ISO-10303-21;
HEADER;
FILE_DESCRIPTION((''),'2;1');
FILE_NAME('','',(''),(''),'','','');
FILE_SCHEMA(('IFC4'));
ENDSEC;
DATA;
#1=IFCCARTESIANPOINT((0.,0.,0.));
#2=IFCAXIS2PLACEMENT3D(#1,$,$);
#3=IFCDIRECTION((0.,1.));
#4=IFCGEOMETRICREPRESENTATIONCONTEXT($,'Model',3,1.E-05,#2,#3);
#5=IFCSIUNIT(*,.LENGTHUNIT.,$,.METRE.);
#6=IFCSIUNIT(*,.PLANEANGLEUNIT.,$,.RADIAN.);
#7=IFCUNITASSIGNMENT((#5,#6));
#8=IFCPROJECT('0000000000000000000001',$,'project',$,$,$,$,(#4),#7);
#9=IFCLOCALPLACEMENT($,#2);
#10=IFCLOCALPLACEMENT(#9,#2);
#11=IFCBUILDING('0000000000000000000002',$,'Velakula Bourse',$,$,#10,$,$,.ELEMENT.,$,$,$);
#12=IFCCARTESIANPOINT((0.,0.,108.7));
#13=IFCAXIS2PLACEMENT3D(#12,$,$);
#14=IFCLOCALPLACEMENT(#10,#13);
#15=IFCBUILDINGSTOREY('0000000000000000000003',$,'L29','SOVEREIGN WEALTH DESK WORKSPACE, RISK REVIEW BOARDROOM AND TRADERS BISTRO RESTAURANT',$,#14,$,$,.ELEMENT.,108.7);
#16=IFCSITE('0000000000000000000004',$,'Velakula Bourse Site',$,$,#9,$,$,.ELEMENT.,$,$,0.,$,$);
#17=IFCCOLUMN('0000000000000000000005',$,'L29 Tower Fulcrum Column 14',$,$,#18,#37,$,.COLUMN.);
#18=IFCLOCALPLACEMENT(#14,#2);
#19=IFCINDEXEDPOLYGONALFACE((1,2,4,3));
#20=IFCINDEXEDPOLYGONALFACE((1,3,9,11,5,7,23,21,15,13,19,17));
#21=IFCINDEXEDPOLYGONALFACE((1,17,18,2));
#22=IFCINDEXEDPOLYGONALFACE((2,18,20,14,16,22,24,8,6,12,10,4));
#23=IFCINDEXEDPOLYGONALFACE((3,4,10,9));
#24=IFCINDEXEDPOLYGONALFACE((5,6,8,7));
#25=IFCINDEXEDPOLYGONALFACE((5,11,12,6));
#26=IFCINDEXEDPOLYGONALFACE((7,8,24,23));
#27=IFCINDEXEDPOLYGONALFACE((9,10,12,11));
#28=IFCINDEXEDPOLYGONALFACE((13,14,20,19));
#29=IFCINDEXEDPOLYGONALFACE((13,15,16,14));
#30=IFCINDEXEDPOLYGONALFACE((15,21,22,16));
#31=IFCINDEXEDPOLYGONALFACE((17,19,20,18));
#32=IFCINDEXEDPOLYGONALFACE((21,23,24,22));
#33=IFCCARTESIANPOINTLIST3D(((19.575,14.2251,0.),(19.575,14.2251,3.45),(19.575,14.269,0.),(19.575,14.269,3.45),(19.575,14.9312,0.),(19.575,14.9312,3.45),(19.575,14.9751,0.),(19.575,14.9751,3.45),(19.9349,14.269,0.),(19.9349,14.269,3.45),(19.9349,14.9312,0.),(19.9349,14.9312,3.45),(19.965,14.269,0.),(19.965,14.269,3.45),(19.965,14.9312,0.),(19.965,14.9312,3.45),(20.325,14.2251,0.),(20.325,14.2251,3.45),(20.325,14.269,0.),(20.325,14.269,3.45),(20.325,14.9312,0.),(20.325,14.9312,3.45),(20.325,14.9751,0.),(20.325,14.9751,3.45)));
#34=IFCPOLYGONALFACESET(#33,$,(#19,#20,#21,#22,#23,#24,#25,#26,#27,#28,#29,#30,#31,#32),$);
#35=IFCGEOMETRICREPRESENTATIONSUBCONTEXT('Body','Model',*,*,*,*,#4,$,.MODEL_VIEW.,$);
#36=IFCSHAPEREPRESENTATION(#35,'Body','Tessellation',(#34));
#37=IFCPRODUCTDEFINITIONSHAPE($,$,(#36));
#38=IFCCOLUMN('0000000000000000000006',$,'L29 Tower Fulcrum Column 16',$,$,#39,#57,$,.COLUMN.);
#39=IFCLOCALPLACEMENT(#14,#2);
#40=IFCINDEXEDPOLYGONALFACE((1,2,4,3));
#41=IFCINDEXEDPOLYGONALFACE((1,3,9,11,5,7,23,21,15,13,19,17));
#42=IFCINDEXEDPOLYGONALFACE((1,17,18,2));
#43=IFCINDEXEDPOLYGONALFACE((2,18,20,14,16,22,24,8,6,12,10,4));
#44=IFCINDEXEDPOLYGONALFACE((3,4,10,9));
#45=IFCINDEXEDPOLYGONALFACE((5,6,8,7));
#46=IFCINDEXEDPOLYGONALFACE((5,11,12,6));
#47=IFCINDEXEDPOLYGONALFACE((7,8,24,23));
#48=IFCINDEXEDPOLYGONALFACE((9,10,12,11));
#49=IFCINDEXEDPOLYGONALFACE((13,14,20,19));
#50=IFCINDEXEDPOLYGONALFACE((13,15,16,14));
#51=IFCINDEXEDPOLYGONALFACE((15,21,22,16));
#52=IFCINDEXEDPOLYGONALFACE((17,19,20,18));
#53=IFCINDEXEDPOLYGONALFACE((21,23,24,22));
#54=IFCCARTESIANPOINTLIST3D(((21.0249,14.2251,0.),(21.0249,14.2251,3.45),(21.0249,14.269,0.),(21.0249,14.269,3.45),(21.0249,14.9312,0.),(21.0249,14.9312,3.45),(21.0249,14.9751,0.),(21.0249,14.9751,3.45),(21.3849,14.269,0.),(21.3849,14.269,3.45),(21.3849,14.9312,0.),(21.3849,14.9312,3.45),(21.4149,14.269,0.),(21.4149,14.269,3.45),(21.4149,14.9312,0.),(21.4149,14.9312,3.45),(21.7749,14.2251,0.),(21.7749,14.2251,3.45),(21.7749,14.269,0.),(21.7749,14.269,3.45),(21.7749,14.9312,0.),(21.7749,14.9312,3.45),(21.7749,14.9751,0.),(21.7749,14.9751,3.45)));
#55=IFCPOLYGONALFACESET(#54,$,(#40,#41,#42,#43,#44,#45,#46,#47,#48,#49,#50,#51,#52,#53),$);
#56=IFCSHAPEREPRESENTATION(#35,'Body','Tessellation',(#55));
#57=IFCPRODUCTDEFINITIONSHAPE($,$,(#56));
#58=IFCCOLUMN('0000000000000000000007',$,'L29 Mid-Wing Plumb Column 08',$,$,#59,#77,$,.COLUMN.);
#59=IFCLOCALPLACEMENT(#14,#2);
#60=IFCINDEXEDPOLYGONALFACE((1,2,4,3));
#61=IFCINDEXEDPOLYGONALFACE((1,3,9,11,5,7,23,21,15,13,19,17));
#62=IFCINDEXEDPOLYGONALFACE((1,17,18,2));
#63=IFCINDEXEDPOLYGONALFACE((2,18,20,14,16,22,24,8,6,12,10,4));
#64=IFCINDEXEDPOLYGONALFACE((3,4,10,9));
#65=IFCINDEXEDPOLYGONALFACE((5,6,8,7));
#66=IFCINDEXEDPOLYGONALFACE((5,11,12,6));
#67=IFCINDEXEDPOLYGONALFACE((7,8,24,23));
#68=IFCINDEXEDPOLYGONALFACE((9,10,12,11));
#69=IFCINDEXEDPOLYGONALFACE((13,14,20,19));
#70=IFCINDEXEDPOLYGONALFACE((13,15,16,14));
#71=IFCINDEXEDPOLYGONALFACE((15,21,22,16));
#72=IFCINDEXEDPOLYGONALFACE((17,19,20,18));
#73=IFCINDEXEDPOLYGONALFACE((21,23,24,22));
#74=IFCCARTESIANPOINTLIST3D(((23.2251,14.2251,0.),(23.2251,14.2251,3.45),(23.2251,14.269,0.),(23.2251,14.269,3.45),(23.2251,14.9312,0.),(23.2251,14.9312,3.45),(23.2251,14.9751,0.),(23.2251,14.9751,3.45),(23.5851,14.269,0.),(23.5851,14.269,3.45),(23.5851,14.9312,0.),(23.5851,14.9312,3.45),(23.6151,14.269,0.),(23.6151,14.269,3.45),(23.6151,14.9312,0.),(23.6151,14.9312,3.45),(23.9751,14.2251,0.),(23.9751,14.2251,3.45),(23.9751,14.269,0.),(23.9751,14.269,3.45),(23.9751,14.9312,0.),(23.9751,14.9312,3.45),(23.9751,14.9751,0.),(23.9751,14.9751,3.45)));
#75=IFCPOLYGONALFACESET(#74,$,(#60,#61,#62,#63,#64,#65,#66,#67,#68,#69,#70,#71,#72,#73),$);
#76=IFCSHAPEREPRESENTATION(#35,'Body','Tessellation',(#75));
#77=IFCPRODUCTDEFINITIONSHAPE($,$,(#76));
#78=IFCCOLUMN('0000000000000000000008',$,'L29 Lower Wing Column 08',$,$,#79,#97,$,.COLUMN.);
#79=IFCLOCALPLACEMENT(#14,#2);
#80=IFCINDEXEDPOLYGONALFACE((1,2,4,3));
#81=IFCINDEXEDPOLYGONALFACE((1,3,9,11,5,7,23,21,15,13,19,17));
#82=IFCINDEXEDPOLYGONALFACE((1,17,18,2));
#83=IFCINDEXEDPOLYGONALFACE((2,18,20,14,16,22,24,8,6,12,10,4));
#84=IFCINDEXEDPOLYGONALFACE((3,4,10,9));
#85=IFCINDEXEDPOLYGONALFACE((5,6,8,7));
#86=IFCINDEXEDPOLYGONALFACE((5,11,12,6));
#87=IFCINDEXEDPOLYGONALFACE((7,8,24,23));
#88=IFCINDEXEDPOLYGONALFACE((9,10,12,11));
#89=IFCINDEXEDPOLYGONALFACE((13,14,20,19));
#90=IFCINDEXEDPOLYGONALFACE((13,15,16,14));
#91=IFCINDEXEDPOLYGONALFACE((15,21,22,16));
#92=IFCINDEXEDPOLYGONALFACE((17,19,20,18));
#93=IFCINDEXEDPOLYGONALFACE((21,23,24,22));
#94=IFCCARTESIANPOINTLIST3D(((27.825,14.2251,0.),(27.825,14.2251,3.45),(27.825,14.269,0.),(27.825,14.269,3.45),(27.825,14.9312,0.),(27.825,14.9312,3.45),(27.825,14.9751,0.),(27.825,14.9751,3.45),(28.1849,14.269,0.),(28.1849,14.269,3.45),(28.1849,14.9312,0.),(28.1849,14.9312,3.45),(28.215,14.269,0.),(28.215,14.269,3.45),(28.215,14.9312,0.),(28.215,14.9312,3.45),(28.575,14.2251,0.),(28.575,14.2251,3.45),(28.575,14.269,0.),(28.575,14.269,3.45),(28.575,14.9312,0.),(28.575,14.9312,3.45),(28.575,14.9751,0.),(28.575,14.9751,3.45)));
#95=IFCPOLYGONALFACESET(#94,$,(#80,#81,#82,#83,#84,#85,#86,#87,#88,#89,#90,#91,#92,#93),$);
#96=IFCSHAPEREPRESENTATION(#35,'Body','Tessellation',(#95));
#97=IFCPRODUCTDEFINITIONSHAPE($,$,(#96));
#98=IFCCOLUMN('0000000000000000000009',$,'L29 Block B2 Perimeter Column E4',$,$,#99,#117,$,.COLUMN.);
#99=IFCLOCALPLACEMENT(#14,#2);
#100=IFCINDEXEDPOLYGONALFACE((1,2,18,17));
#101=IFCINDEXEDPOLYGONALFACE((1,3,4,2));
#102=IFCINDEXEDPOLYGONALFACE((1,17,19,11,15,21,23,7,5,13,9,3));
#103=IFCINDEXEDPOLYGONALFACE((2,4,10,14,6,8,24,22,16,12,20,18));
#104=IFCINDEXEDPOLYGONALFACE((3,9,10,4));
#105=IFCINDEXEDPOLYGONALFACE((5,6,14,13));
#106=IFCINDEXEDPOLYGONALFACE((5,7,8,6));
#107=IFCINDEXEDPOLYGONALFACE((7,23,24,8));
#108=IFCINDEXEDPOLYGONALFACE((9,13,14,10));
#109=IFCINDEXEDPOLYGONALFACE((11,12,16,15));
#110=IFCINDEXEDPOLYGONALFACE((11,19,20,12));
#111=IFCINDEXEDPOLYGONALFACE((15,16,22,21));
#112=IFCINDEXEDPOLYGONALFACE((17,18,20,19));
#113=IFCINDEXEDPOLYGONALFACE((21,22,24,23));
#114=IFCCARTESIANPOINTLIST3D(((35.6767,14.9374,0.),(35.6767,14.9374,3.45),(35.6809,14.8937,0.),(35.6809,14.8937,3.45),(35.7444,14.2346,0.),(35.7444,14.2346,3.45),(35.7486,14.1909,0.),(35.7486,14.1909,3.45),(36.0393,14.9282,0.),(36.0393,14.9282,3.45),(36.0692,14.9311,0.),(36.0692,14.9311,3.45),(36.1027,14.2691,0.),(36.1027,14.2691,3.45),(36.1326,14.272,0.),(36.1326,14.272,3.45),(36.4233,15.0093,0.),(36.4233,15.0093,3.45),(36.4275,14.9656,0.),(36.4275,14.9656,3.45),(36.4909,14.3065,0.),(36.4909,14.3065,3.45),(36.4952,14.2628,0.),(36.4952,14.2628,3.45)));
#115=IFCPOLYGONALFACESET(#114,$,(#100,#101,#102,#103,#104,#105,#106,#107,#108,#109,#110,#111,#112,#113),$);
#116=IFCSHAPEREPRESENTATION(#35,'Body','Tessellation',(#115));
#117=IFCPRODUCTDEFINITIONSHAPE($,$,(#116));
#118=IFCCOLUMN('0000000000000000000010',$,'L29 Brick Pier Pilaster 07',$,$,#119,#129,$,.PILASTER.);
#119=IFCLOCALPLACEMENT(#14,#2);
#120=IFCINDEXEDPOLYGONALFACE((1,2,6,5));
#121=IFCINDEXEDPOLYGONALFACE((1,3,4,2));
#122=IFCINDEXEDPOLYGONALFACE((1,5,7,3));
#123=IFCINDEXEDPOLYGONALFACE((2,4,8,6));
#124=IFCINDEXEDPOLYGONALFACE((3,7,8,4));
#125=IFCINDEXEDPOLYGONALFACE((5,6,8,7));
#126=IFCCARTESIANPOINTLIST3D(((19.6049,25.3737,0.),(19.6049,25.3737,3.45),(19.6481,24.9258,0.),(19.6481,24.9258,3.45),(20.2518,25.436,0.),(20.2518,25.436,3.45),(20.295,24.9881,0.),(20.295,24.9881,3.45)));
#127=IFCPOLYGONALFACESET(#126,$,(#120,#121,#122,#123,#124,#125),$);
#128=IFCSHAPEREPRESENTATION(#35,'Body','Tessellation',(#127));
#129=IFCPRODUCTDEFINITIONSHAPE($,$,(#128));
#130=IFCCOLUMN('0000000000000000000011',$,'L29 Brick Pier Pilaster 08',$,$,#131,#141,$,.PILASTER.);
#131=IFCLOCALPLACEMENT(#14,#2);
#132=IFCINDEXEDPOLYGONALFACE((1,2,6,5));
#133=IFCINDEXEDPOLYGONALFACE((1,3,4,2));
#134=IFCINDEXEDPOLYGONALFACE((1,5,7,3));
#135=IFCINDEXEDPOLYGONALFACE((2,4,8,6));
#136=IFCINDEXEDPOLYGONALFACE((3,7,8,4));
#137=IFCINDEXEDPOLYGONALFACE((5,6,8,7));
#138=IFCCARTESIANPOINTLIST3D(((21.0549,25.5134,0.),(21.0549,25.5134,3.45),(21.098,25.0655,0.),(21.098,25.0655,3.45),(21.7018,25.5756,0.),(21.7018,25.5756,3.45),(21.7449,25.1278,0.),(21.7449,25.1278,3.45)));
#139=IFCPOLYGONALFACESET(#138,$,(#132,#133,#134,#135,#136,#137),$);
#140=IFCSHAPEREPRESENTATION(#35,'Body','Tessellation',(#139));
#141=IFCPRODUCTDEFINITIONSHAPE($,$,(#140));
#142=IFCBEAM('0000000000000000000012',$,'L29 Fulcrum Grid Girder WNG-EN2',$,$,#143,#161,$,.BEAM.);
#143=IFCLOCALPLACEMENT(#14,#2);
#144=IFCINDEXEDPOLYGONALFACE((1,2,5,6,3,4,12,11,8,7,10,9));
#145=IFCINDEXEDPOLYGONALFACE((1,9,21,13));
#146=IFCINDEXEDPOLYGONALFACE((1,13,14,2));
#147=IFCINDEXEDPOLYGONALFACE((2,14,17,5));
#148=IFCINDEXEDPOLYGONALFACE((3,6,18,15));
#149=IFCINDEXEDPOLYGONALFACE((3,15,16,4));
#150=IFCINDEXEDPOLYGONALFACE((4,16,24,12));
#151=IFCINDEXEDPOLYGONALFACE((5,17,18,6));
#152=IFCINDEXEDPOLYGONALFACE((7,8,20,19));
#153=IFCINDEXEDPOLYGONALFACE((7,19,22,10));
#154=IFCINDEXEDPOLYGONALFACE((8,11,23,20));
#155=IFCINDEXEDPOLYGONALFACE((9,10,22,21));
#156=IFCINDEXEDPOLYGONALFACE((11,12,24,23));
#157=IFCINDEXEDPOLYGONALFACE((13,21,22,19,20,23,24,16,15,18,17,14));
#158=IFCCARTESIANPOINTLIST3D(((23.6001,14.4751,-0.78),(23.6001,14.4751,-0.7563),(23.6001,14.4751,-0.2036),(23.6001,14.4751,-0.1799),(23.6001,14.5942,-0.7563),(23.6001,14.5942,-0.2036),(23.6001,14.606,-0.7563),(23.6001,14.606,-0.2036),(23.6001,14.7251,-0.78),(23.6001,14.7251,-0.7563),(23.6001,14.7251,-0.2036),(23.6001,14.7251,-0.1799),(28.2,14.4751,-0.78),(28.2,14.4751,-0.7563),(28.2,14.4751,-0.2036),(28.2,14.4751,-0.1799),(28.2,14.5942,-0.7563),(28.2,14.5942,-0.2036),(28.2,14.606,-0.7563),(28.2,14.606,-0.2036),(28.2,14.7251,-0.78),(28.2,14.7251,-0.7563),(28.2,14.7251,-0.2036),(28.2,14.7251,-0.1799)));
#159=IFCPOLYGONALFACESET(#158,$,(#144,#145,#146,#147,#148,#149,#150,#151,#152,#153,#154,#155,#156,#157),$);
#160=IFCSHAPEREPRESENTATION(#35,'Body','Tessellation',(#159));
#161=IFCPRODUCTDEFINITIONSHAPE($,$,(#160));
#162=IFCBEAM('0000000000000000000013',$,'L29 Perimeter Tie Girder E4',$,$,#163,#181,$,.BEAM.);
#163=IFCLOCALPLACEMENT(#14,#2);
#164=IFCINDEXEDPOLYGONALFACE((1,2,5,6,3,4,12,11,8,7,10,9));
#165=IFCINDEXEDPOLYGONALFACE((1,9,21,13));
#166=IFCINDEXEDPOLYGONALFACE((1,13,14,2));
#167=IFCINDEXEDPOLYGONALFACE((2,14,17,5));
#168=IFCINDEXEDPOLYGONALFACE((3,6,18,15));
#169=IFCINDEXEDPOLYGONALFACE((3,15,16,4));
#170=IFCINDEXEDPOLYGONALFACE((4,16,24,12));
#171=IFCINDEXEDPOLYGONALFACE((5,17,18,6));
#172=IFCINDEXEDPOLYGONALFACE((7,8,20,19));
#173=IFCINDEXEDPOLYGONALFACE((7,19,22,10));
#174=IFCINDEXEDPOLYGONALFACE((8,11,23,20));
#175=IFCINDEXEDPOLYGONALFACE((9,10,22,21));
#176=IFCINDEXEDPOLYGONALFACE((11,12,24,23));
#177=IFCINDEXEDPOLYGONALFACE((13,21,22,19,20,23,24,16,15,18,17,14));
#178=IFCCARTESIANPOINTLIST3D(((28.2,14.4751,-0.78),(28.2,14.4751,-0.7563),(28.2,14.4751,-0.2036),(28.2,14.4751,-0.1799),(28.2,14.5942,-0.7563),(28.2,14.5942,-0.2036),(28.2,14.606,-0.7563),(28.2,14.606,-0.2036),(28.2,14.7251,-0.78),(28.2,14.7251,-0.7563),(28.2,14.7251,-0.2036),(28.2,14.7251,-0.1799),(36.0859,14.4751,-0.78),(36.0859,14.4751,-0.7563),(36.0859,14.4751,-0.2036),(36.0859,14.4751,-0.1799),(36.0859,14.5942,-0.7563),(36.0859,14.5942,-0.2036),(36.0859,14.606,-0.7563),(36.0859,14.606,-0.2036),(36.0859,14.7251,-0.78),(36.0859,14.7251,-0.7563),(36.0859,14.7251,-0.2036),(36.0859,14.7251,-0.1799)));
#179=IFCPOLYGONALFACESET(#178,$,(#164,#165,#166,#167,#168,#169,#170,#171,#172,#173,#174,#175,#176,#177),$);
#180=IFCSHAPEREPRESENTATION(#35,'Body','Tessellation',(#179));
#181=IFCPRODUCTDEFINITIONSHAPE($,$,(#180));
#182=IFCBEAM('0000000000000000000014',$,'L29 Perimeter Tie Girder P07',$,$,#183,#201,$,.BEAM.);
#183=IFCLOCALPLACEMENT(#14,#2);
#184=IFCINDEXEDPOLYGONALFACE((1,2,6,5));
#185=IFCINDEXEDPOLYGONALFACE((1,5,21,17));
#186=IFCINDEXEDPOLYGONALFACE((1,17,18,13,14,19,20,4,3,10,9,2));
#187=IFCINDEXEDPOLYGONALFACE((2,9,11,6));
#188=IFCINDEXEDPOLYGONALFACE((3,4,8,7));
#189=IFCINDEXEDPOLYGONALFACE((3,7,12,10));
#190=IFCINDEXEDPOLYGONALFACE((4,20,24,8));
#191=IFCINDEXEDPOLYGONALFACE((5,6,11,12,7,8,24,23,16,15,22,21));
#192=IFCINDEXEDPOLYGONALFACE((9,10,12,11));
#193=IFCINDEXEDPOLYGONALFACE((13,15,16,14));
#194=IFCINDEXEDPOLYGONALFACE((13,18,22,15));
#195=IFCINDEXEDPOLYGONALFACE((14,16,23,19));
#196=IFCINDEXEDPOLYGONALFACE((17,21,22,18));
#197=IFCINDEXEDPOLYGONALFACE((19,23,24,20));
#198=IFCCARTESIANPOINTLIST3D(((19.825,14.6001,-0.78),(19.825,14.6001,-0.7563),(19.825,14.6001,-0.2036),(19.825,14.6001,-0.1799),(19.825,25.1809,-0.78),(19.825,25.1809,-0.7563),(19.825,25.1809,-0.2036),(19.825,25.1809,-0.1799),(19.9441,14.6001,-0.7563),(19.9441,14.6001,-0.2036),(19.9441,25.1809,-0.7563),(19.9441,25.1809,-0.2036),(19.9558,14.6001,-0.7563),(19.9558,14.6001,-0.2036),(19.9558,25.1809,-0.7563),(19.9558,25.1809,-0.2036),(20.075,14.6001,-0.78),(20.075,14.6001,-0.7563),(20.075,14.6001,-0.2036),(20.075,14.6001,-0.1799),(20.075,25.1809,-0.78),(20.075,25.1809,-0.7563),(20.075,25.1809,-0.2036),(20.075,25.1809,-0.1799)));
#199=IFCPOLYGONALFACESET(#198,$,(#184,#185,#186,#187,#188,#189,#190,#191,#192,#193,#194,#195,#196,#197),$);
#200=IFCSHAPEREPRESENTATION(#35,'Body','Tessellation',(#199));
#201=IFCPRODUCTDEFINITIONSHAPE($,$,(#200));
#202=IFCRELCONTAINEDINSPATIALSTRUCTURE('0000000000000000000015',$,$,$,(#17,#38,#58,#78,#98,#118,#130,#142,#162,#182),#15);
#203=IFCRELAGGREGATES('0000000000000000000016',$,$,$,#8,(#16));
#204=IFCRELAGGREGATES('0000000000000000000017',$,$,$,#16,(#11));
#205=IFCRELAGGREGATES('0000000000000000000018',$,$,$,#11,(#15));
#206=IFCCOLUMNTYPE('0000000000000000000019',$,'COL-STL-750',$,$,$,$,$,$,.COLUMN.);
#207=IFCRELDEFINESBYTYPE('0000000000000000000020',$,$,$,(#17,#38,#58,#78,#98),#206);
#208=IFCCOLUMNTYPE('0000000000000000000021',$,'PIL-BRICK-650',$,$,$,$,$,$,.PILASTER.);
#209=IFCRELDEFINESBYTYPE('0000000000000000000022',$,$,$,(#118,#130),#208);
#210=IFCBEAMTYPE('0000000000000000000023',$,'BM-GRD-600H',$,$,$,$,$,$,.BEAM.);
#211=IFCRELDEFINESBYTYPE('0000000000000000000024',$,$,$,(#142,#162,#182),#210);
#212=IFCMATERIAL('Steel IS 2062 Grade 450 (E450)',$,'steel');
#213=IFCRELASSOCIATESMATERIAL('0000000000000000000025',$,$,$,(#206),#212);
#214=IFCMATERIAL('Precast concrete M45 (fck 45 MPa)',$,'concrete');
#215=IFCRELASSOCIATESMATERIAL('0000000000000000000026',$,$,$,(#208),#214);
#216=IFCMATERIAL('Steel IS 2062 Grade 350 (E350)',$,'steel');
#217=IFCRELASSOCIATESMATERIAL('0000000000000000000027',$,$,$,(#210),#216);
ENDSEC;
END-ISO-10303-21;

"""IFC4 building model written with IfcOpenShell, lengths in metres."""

from ifc_helpers import new_model, si_unit, direction, frame, origin, origin_2d, place, context, subcontext, project, spatial, rectangle, i_section, extrude, material, material_profile, profile_set, type_object, element, save


model = new_model("IFC4")

# Units and contexts
model_context = context("Model", 3, precision=1e-05, world=origin(), true_north=direction((0.0, 1.0)))
body_context = subcontext(model_context, "Body", "Model", "MODEL_VIEW")
ifc_project = project(units=[si_unit("LENGTHUNIT", "METRE"), si_unit("PLANEANGLEUNIT", "RADIAN")], contexts=[model_context])

# Site, building, storey
site_placement = place(None, origin())
site = spatial("IfcSite", under=ifc_project, at=site_placement, Name="Velakula Bourse Site", CompositionType="ELEMENT", RefElevation=0.0)
building_placement = place(site_placement, origin())
building = spatial("IfcBuilding", under=site, at=building_placement, Name="Velakula Bourse", CompositionType="ELEMENT")
storey_placement = place(building_placement, frame((0.0, 0.0, 108.7)))
storey = spatial("IfcBuildingStorey", under=building, at=storey_placement, Name="L29", Description="SOVEREIGN WEALTH DESK WORKSPACE, RISK REVIEW BOARDROOM AND TRADERS BISTRO RESTAURANT", CompositionType="ELEMENT", Elevation=108.7)

# Columns
ifc_material_1 = material(Name="Steel IS 2062 Grade 450 (E450)", Category="steel")
ifc_material_profile_1 = material_profile(ifc_material_1, i_section(OverallWidth=0.75, OverallDepth=0.75, WebThickness=0.03, FlangeThickness=0.0439, at=origin_2d()), Name="Steel IS 2062 Grade 450 (E450)")
ifc_profile_set_1 = profile_set([ifc_material_profile_1], Name="Steel IS 2062 Grade 450 (E450)")
column_type_1 = type_object("IfcColumnType", Name="COL-STL-750", PredefinedType="COLUMN", material=ifc_profile_set_1)
for number, where, z_axis, x_axis, name in (
    (1, (19.95, 14.6001, 0.0), (0.0, 0.0, 1.0), (1.0, 0.0, 0.0), "L29 Tower Fulcrum Column 14"),
    (2, (21.3999, 14.6001, 0.0), (0.0, 0.0, 1.0), (1.0, 0.0, 0.0), "L29 Tower Fulcrum Column 16"),
    (3, (23.6001, 14.6001, 0.0), (0.0, 0.0, 1.0), (1.0, 0.0, 0.0), "L29 Mid-Wing Plumb Column 08"),
    (4, (28.2, 14.6001, 0.0), (0.0, 0.0, 1.0), (1.0, 0.0, 0.0), "L29 Lower Wing Column 08"),
    (5, (36.0859, 14.6001, 0.0), (0.0, 0.0, 1.0), (0.995396, 0.095846, 0.0), "L29 Block B2 Perimeter Column E4"),
):
    element("IfcColumn", number, at=place(storey_placement, frame(where, z_axis=z_axis, x_axis=x_axis)), inside=storey, type_object=column_type_1, Name=name, PredefinedType="COLUMN", context=body_context, shape_type="SweptSolid", body=[
        extrude(i_section(OverallWidth=0.75, OverallDepth=0.75, WebThickness=0.03, FlangeThickness=0.0439, at=origin_2d()), origin(), (0.0, 0.0, 1.0), 3.45),
    ])
ifc_material_2 = material(Name="Precast concrete M45 (fck 45 MPa)", Category="concrete")
ifc_material_profile_2 = material_profile(ifc_material_2, rectangle(XDim=0.6499, YDim=0.45, at=origin_2d()), Name="Precast concrete M45 (fck 45 MPa)")
ifc_profile_set_2 = profile_set([ifc_material_profile_2], Name="Precast concrete M45 (fck 45 MPa)")
column_type_2 = type_object("IfcColumnType", Name="PIL-BRICK-650", PredefinedType="PILASTER", material=ifc_profile_set_2)
for number, where, z_axis, x_axis, name in (
    (6, (19.95, 25.1809, 0.0), (0.0, 0.0, 1.0), (0.995396, 0.095846, 0.0), "L29 Brick Pier Pilaster 07"),
    (7, (21.3999, 25.3206, 0.0), (0.0, 0.0, 1.0), (0.995396, 0.095846, 0.0), "L29 Brick Pier Pilaster 08"),
):
    element("IfcColumn", number, at=place(storey_placement, frame(where, z_axis=z_axis, x_axis=x_axis)), inside=storey, type_object=column_type_2, Name=name, PredefinedType="PILASTER", context=body_context, shape_type="SweptSolid", body=[
        extrude(rectangle(XDim=0.6499, YDim=0.45, at=origin_2d()), origin(), (0.0, 0.0, 1.0), 3.45),
    ])

# Beams
ifc_material_3 = material(Name="Steel IS 2062 Grade 350 (E350)", Category="steel")
ifc_material_profile_3 = material_profile(ifc_material_3, i_section(OverallWidth=0.25, OverallDepth=0.6001, WebThickness=0.0117, FlangeThickness=0.0237, at=origin_2d()), Name="Steel IS 2062 Grade 350 (E350)")
ifc_profile_set_3 = profile_set([ifc_material_profile_3], Name="Steel IS 2062 Grade 350 (E350)")
beam_type_1 = type_object("IfcBeamType", Name="BM-GRD-600H", PredefinedType="BEAM", material=ifc_profile_set_3)
beam_1_placement = place(storey_placement, frame((23.6001, 14.6001, -0.48), z_axis=(1.0, 0.0, 0.0), x_axis=(0.0, 1.0, 0.0)))
element("IfcBeam", 8, at=beam_1_placement, inside=storey, type_object=beam_type_1, Name="L29 Fulcrum Grid Girder WNG-EN2", PredefinedType="BEAM", context=body_context, shape_type="SweptSolid", body=[
    extrude(i_section(OverallWidth=0.25, OverallDepth=0.6001, WebThickness=0.0117, FlangeThickness=0.0237, at=origin_2d()), origin(), (0.0, 0.0, 1.0), 4.5999),
])
beam_2_placement = place(storey_placement, frame((28.2, 14.6001, -0.48), z_axis=(1.0, 0.0, 0.0), x_axis=(0.0, 1.0, 0.0)))
element("IfcBeam", 9, at=beam_2_placement, inside=storey, type_object=beam_type_1, Name="L29 Perimeter Tie Girder E4", PredefinedType="BEAM", context=body_context, shape_type="SweptSolid", body=[
    extrude(i_section(OverallWidth=0.25, OverallDepth=0.6001, WebThickness=0.0117, FlangeThickness=0.0237, at=origin_2d()), origin(), (0.0, 0.0, 1.0), 7.886),
])
beam_3_placement = place(storey_placement, frame((19.95, 14.6001, -0.48), z_axis=(0.0, 1.0, 0.0), x_axis=(-1.0, 0.0, 0.0)))
element("IfcBeam", 10, at=beam_3_placement, inside=storey, type_object=beam_type_1, Name="L29 Perimeter Tie Girder P07", PredefinedType="BEAM", context=body_context, shape_type="SweptSolid", body=[
    extrude(i_section(OverallWidth=0.25, OverallDepth=0.6001, WebThickness=0.0117, FlangeThickness=0.0237, at=origin_2d()), origin(), (0.0, 0.0, 1.0), 10.5808),
])

save(model, "model.ifc")
